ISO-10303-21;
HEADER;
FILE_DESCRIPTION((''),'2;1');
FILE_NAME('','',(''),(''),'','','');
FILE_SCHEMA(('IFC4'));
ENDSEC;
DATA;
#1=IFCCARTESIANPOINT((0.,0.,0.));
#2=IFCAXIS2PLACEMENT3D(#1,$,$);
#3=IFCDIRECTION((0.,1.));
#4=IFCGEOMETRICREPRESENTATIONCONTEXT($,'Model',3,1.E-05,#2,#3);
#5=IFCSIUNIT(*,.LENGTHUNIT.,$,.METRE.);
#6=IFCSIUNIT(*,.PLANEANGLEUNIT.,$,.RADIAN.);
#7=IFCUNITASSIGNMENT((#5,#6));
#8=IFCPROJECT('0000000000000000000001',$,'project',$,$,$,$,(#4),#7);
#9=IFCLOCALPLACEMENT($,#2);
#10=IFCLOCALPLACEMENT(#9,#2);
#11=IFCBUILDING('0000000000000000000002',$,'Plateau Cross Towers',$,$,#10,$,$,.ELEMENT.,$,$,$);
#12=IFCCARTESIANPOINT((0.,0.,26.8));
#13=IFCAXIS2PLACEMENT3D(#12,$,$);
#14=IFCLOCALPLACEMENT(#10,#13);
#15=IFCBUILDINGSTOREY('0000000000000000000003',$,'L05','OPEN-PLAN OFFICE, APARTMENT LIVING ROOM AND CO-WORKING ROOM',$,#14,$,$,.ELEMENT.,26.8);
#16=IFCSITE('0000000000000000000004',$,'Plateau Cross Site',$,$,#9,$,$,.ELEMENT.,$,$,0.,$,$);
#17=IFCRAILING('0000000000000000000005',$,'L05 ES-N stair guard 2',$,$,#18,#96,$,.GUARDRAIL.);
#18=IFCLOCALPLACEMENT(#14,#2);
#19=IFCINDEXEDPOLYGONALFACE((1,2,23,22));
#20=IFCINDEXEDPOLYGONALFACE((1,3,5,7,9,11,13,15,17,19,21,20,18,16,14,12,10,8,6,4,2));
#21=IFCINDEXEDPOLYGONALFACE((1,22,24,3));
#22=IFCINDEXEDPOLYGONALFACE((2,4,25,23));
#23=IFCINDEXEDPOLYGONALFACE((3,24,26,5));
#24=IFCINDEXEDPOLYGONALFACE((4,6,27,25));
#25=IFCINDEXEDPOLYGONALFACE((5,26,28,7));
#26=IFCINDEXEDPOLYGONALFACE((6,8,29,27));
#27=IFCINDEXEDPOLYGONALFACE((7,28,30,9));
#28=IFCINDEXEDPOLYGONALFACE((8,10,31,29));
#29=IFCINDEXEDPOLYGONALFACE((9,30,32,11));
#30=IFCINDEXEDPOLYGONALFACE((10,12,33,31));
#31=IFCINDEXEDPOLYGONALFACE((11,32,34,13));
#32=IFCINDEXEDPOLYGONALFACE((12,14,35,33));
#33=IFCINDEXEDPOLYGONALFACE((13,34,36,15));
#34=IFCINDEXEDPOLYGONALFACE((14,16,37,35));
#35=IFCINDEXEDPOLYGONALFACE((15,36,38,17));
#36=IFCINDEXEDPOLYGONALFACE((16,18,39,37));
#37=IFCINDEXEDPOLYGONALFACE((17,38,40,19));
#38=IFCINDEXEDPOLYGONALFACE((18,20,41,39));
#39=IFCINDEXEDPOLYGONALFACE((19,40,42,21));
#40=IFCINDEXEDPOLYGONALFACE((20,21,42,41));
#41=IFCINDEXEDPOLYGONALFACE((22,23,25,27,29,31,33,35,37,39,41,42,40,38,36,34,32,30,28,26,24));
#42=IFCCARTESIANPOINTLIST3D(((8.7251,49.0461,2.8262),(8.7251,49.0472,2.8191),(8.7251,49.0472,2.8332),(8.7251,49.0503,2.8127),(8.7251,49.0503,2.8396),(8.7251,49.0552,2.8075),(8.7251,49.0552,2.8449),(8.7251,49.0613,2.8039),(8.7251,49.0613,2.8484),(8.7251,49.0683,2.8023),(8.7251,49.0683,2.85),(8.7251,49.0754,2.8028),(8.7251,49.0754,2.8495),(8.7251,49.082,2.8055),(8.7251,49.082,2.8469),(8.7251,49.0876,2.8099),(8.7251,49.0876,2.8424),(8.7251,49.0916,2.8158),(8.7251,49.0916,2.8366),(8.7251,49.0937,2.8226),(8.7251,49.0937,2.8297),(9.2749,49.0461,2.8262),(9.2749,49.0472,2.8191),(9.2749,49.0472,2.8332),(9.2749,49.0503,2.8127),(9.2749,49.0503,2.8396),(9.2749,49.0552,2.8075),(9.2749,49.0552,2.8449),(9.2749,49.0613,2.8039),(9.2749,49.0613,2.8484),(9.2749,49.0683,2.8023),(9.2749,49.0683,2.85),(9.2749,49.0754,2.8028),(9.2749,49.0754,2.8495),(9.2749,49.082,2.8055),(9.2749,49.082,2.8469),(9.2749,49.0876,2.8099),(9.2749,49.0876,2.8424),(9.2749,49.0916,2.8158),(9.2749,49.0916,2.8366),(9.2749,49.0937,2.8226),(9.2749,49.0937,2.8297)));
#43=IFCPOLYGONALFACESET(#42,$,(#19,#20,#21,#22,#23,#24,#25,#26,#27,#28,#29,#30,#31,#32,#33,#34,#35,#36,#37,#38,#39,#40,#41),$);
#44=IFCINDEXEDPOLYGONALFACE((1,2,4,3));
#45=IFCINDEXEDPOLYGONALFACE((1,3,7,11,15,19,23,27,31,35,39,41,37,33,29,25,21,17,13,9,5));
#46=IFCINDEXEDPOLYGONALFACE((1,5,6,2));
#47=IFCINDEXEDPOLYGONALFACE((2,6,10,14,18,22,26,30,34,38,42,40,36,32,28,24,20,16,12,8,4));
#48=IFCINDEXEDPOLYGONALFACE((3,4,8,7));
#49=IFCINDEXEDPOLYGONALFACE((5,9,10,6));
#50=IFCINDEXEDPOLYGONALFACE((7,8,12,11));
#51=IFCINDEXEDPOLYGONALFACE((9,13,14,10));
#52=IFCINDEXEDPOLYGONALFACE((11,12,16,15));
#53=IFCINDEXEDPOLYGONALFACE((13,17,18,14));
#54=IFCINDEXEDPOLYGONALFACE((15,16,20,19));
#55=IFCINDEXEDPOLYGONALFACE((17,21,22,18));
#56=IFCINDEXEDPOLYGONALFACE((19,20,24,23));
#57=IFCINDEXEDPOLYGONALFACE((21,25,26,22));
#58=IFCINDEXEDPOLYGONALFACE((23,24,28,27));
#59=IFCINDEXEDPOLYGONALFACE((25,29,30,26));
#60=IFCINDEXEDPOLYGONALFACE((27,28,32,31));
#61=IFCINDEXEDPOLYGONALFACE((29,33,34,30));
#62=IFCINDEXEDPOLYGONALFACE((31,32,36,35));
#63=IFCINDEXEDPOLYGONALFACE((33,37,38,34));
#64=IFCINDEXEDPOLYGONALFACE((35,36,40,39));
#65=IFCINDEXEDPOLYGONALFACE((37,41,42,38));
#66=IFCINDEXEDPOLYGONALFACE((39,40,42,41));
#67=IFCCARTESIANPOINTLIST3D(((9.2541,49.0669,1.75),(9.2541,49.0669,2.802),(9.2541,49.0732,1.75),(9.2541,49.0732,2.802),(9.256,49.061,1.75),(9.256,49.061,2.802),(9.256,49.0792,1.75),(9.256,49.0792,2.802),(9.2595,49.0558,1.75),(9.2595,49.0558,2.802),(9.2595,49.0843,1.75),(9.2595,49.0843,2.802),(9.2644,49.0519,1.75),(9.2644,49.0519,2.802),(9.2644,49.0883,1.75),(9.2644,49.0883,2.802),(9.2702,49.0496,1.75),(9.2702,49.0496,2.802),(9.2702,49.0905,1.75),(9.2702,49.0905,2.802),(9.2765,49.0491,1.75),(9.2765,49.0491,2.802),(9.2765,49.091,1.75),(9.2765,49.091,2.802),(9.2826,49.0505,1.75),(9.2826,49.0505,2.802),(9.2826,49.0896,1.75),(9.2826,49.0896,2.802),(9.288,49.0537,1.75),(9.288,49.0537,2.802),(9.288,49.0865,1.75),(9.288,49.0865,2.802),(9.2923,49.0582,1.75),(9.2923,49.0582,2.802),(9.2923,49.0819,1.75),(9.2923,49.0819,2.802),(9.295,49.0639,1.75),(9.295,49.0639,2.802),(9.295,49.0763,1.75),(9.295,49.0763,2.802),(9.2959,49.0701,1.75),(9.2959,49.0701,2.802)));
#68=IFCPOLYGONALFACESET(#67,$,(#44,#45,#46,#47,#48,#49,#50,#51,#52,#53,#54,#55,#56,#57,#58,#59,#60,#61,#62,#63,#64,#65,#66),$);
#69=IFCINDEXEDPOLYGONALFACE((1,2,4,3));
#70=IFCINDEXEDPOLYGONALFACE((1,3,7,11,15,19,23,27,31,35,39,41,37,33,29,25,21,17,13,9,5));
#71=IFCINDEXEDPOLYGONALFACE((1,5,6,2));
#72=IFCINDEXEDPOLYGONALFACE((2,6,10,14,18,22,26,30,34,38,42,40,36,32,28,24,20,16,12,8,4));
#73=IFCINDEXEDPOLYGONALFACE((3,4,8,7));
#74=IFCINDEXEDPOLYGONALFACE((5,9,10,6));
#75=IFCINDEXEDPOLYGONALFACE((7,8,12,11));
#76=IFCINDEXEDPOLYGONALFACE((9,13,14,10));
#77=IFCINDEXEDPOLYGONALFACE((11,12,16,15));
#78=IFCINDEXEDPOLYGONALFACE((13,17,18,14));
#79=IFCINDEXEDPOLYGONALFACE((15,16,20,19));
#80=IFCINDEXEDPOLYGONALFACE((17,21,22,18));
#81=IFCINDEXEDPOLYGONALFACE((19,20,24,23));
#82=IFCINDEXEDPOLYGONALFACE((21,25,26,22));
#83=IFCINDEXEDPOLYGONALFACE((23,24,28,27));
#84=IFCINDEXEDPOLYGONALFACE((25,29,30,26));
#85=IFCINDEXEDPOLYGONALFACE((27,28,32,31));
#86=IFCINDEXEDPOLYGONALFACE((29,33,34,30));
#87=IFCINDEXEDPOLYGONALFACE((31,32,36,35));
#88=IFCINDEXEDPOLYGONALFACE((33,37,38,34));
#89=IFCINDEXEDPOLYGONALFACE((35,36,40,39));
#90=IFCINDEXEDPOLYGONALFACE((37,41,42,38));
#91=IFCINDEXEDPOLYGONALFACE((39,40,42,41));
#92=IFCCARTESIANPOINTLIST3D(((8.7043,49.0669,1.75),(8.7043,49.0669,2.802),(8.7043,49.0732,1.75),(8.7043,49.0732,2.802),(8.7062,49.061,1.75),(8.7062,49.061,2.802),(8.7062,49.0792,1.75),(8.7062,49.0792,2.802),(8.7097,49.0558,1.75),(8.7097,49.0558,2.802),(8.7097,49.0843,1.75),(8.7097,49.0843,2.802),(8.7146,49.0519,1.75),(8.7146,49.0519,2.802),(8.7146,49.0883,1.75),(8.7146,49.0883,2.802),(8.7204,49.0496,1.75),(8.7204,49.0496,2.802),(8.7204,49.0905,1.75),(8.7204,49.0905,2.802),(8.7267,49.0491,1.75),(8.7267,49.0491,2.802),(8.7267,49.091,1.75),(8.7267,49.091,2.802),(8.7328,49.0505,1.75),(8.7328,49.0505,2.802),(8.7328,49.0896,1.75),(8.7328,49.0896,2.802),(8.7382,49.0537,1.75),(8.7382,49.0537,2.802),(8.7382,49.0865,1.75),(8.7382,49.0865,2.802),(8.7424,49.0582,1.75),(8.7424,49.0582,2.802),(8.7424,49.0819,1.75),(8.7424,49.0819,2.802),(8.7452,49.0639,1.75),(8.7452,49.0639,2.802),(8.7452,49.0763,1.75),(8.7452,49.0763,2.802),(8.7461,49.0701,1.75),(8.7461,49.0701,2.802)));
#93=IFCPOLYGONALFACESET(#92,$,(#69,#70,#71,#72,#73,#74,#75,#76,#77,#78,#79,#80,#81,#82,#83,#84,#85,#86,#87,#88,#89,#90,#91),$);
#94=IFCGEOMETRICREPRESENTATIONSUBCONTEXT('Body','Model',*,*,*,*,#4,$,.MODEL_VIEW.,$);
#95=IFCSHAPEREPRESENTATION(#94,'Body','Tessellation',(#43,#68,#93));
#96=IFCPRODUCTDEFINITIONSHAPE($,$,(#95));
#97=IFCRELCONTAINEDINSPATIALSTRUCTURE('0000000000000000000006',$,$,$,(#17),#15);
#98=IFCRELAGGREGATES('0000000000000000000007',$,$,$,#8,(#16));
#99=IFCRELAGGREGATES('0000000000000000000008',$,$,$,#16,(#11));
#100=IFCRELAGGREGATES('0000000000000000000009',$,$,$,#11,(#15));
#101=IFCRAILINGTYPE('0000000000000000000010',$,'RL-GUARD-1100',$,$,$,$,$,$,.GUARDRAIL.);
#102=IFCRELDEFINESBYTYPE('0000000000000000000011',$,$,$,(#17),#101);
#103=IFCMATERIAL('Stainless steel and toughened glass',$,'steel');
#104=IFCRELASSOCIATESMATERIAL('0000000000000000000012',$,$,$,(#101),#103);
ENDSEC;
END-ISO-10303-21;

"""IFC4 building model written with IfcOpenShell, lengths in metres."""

from ifc_helpers import new_model, si_unit, direction, frame, origin, origin_2d, place, context, subcontext, project, spatial, circle, extrude, material, type_object, element, save


model = new_model("IFC4")

# Units and contexts
model_context = context("Model", 3, precision=1e-05, world=origin(), true_north=direction((0.0, 1.0)))
body_context = subcontext(model_context, "Body", "Model", "MODEL_VIEW")
ifc_project = project(units=[si_unit("LENGTHUNIT", "METRE"), si_unit("PLANEANGLEUNIT", "RADIAN")], contexts=[model_context])

# Site, building, storey
site_placement = place(None, origin())
site = spatial("IfcSite", under=ifc_project, at=site_placement, Name="Plateau Cross Site", CompositionType="ELEMENT", RefElevation=0.0)
building_placement = place(site_placement, origin())
building = spatial("IfcBuilding", under=site, at=building_placement, Name="Plateau Cross Towers", CompositionType="ELEMENT")
storey_placement = place(building_placement, frame((0.0, 0.0, 26.8)))
storey = spatial("IfcBuildingStorey", under=building, at=storey_placement, Name="L05", Description="OPEN-PLAN OFFICE, APARTMENT LIVING ROOM AND CO-WORKING ROOM", CompositionType="ELEMENT", Elevation=26.8)

# Railing
ifc_material_1 = material(Name="Stainless steel and toughened glass", Category="steel")
railing_type_1 = type_object("IfcRailingType", Name="RL-GUARD-1100", PredefinedType="GUARDRAIL", material=ifc_material_1)
railing_1_placement = place(storey_placement, frame((9.2749, 49.0701, 1.75)))
element("IfcRailing", 1, at=railing_1_placement, inside=storey, type_object=railing_type_1, Name="L05 ES-N stair guard 2", PredefinedType="GUARDRAIL", context=body_context, shape_type="SweptSolid", body=[
    extrude(circle(Radius=0.0239, at=origin_2d()), frame((0.0, 0.0, 1.0762), z_axis=(-1.0, 0.0, 0.0), x_axis=(0.0, -1.0, 0.0)), (0.0, 0.0, 1.0), 0.5498),
    extrude(circle(Radius=0.021, at=origin_2d()), origin(), (0.0, 0.0, 1.0), 1.052),
    extrude(circle(Radius=0.021, at=origin_2d()), frame((-0.5498, 0.0, 0.0)), (0.0, 0.0, 1.0), 1.052),
])

save(model, "model.ifc")
